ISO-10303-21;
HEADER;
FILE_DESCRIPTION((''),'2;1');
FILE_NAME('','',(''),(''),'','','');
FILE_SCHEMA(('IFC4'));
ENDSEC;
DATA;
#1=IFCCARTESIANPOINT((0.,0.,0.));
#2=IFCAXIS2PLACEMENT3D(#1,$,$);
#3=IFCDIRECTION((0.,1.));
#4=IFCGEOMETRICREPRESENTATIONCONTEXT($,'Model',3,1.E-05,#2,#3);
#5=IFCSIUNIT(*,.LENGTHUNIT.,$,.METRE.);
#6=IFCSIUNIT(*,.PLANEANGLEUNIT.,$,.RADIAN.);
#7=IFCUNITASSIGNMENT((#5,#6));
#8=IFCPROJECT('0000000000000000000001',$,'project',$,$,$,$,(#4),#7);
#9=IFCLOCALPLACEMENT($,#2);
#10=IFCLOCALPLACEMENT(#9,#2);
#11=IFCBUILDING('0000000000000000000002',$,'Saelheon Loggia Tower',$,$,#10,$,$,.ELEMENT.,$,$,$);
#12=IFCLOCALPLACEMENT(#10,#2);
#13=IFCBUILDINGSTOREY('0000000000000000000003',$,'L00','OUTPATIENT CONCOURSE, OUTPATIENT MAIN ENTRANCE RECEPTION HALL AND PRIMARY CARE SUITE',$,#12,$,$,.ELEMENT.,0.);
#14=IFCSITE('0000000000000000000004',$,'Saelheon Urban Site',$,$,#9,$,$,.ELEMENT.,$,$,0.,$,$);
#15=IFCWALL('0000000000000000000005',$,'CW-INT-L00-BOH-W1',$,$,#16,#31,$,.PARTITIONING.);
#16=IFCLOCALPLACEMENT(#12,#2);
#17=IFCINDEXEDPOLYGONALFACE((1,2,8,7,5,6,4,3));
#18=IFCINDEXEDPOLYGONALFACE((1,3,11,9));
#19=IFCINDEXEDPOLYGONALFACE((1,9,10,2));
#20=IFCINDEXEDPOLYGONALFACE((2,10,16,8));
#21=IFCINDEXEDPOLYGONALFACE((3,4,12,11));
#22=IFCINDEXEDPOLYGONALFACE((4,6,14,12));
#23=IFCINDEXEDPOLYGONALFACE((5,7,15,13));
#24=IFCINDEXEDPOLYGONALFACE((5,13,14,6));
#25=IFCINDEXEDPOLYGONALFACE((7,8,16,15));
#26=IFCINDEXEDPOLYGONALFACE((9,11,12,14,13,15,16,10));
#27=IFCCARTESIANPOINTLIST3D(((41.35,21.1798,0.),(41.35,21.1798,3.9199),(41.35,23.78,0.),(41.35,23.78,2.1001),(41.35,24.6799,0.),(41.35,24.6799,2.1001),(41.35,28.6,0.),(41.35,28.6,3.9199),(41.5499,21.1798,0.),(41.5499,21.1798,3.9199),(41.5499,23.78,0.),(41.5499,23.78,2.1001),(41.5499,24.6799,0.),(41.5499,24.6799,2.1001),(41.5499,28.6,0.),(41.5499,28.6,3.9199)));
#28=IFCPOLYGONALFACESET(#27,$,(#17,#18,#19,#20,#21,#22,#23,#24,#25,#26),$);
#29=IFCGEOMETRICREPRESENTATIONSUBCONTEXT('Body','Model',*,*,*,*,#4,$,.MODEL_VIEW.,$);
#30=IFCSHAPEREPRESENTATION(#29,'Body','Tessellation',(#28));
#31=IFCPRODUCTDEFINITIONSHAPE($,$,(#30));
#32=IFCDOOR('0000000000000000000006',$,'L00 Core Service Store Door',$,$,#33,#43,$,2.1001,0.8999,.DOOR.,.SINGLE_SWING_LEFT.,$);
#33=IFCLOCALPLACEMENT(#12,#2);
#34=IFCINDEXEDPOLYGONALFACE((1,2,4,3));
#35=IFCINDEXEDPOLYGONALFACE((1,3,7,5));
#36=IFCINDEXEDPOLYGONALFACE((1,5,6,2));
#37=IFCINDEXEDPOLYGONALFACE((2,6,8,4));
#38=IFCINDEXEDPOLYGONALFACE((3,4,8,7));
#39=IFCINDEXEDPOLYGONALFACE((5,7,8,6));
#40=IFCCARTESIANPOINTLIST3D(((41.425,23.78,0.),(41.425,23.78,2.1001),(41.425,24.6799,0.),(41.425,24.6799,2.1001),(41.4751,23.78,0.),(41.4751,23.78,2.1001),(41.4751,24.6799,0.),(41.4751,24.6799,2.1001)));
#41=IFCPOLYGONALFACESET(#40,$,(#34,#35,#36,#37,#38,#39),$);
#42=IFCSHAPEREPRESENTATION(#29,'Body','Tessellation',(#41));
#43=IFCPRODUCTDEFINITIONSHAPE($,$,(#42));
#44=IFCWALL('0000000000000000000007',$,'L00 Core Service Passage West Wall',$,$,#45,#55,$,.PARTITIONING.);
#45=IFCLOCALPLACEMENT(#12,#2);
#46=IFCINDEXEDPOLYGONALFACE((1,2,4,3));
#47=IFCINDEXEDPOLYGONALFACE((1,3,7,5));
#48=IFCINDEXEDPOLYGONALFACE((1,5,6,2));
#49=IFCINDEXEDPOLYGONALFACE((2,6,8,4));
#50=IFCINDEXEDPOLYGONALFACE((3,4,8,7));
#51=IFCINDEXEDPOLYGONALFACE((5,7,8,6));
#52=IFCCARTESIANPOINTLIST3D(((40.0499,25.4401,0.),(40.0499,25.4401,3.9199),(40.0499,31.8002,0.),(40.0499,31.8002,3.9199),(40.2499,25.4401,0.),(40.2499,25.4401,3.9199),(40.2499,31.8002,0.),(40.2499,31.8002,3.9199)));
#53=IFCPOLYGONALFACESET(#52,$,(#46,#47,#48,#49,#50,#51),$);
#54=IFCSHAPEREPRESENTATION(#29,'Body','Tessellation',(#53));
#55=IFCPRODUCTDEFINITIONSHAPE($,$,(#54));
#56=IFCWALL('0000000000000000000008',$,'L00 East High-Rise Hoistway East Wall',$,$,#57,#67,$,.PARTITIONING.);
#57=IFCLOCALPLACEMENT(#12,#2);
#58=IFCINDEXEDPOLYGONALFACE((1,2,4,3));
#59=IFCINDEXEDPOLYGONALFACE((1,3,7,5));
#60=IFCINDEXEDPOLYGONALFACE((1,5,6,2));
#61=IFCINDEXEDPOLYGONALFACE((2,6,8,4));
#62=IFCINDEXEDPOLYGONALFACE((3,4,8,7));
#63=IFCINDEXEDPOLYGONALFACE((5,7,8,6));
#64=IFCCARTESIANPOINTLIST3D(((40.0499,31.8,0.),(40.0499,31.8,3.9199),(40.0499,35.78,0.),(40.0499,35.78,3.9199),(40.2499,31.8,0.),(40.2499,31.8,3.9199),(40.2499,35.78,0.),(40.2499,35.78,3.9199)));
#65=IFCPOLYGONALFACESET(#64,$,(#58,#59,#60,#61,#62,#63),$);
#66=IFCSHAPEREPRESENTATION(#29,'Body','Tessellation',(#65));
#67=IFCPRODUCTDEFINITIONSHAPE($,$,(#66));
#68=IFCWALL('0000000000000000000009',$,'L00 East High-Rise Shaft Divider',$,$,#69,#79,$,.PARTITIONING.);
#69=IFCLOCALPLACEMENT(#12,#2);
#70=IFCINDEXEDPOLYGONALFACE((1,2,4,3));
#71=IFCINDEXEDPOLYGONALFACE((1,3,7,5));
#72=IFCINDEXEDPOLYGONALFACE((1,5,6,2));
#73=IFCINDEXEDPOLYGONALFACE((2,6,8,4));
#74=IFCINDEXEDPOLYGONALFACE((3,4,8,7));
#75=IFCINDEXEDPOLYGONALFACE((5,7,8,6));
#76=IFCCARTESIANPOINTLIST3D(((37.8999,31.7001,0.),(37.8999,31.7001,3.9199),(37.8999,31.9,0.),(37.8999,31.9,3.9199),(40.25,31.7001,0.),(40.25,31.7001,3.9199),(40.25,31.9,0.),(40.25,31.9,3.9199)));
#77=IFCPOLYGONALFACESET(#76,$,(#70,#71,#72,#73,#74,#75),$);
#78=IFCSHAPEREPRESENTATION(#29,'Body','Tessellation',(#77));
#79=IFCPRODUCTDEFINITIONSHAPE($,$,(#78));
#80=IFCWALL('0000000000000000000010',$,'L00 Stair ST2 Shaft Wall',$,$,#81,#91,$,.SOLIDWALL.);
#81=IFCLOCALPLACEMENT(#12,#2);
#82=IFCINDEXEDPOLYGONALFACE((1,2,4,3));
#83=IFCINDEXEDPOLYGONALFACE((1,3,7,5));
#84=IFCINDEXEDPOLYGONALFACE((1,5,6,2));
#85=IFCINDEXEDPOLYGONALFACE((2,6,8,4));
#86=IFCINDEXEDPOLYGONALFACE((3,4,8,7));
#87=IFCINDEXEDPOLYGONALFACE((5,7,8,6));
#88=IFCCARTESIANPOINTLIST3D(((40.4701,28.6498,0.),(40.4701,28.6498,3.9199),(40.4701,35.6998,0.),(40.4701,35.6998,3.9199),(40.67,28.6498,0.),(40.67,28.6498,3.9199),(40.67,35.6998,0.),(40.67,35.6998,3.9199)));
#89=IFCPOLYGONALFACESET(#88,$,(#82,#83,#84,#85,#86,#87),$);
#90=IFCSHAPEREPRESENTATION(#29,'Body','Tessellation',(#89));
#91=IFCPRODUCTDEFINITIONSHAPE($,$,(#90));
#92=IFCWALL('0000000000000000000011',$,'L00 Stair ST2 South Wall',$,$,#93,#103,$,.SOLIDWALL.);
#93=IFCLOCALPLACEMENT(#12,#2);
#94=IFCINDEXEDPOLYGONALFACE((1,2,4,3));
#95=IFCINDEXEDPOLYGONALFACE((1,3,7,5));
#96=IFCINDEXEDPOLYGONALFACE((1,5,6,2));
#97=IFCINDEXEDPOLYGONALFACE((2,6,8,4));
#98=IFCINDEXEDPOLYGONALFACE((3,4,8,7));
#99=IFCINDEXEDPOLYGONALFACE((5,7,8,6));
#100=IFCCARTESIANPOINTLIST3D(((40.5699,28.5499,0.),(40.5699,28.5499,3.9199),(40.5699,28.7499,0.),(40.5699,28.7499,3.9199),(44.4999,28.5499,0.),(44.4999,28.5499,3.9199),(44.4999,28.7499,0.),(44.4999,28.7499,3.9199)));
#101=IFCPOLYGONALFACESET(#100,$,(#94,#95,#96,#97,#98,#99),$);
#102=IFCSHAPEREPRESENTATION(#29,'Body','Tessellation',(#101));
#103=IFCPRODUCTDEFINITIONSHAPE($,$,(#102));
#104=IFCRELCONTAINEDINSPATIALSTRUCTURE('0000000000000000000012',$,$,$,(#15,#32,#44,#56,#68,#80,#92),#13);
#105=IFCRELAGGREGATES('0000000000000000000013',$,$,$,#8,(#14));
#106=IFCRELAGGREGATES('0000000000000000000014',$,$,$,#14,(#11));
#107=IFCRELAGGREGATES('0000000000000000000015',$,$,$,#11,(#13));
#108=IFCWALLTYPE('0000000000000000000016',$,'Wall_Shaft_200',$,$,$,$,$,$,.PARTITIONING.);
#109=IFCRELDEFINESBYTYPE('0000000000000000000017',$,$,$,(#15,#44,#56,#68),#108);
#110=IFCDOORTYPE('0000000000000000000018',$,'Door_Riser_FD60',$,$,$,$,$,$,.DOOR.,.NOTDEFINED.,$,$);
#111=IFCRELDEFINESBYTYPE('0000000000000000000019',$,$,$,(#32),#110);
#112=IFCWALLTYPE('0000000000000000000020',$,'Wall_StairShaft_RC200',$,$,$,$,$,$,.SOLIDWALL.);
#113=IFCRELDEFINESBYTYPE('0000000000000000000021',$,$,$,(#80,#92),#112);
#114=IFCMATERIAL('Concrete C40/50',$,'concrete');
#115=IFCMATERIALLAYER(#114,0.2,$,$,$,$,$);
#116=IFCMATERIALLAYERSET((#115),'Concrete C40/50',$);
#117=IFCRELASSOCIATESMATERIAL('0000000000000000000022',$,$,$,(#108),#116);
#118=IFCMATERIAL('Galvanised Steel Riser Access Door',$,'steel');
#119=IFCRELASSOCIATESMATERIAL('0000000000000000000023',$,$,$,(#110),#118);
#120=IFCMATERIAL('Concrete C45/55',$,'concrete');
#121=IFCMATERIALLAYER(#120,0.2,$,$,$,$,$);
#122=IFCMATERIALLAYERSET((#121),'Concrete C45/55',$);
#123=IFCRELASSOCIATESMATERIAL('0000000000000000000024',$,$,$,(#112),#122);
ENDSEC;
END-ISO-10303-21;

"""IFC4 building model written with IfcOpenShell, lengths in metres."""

from ifc_helpers import new_model, si_unit, direction, frame, frame_2d, origin, place, context, subcontext, project, spatial, rectangle, extrude, source, transform, mapped, material, layer, layer_set, type_object, element, fill, save


model = new_model("IFC4")

# Units and contexts
model_context = context("Model", 3, precision=1e-05, world=origin(), true_north=direction((0.0, 1.0)))
body_context = subcontext(model_context, "Body", "Model", "MODEL_VIEW")
ifc_project = project(units=[si_unit("LENGTHUNIT", "METRE"), si_unit("PLANEANGLEUNIT", "RADIAN")], contexts=[model_context])

# Site, building, storey
site_placement = place(None, origin())
site = spatial("IfcSite", under=ifc_project, at=site_placement, Name="Saelheon Urban Site", CompositionType="ELEMENT", RefElevation=0.0)
building_placement = place(site_placement, origin())
building = spatial("IfcBuilding", under=site, at=building_placement, Name="Saelheon Loggia Tower", CompositionType="ELEMENT")
storey_placement = place(building_placement, origin())
storey = spatial("IfcBuildingStorey", under=building, at=storey_placement, Name="L00", Description="OUTPATIENT CONCOURSE, OUTPATIENT MAIN ENTRANCE RECEPTION HALL AND PRIMARY CARE SUITE", CompositionType="ELEMENT", Elevation=0.0)

# Wall, opening, door
ifc_material_1 = material(Name="Concrete C40/50", Category="concrete")
ifc_layer_1 = layer(ifc_material_1, 0.2)
ifc_layer_set_1 = layer_set([ifc_layer_1], Name="Concrete C40/50")
wall_type_1 = type_object("IfcWallType", Name="Wall_Shaft_200", PredefinedType="PARTITIONING", material=ifc_layer_set_1)
wall_1_placement = place(storey_placement, frame((41.45, 21.1799, 0.0), z_axis=(0.0, 0.0, 1.0), x_axis=(0.0, 1.0, 0.0)))
wall_1 = element("IfcWall", 1, at=wall_1_placement, inside=storey, type_object=wall_type_1, Name="CW-INT-L00-BOH-W1", PredefinedType="PARTITIONING", context=body_context, shape_type="SweptSolid", body=[
    extrude(rectangle(XDim=7.4202, YDim=0.2, at=frame_2d((3.71, 0.0))), origin(), (0.0, 0.0, 1.0), 3.9199),
])
opening_1_placement = place(wall_1_placement, frame((2.6001, 0.0, 0.0)))
opening_1 = element("IfcOpeningElement", 2, at=opening_1_placement, cuts=wall_1, PredefinedType="OPENING", context=body_context, shape_type="SweptSolid", body=[
    extrude(rectangle(XDim=0.8999, YDim=2.1001, at=frame_2d((0.45, 1.05))), frame((0.0, 0.1121, 0.0), z_axis=(0.0, -1.0, 0.0), x_axis=(1.0, 0.0, 0.0)), (0.0, 0.0, 1.0), 0.2239),
])
ifc_material_2 = material(Name="Galvanised Steel Riser Access Door", Category="steel")
door_type_1 = type_object("IfcDoorType", Name="Door_Riser_FD60", OperationType="NOTDEFINED", PredefinedType="DOOR", material=ifc_material_2)
shared_shape_1 = source(origin(), body_context, "Body", "SweptSolid", [
    extrude(rectangle(XDim=0.8999, YDim=2.1001, at=frame_2d((0.45, 1.05))), frame((0.0, 0.0249, 0.0), z_axis=(0.0, -1.0, 0.0), x_axis=(1.0, 0.0, 0.0)), (0.0, 0.0, 1.0), 0.05),
])
door_1_placement = place(opening_1_placement, origin())
door_1 = element("IfcDoor", 3, at=door_1_placement, inside=storey, type_object=door_type_1, Name="L00 Core Service Store Door", OperationType="SINGLE_SWING_LEFT", OverallHeight=2.1001, OverallWidth=0.8999, PredefinedType="DOOR", context=body_context, shape_type="MappedRepresentation", body=[
    mapped(shared_shape_1, transform((0.0, 0.0, 0.0), scale=1.0)),
])
fill(opening_1, door_1)

# Walls
wall_2_placement = place(storey_placement, frame((40.1499, 25.4399, 0.0), z_axis=(0.0, 0.0, 1.0), x_axis=(0.0, 1.0, 0.0)))
element("IfcWall", 4, at=wall_2_placement, inside=storey, type_object=wall_type_1, Name="L00 Core Service Passage West Wall", PredefinedType="PARTITIONING", context=body_context, shape_type="SweptSolid", body=[
    extrude(rectangle(XDim=6.3601, YDim=0.2, at=frame_2d((3.1802, 0.0))), origin(), (0.0, 0.0, 1.0), 3.9199),
])
wall_3_placement = place(storey_placement, frame((40.1499, 31.8, 0.0), z_axis=(0.0, 0.0, 1.0), x_axis=(0.0, 1.0, 0.0)))
element("IfcWall", 5, at=wall_3_placement, inside=storey, type_object=wall_type_1, Name="L00 East High-Rise Hoistway East Wall", PredefinedType="PARTITIONING", context=body_context, shape_type="SweptSolid", body=[
    extrude(rectangle(XDim=3.98, YDim=0.2, at=frame_2d((1.99, 0.0))), origin(), (0.0, 0.0, 1.0), 3.9199),
])

# Walls
wall_4_placement = place(storey_placement, frame((37.8999, 31.8, 0.0), z_axis=(0.0, 0.0, 1.0), x_axis=(1.0, 0.0, 0.0)))
element("IfcWall", 6, at=wall_4_placement, inside=storey, type_object=wall_type_1, Name="L00 East High-Rise Shaft Divider", PredefinedType="PARTITIONING", context=body_context, shape_type="SweptSolid", body=[
    extrude(rectangle(XDim=2.3501, YDim=0.2, at=frame_2d((1.175, 0.0))), origin(), (0.0, 0.0, 1.0), 3.9199),
])
ifc_material_3 = material(Name="Concrete C45/55", Category="concrete")
ifc_layer_2 = layer(ifc_material_3, 0.2)
ifc_layer_set_2 = layer_set([ifc_layer_2], Name="Concrete C45/55")
wall_type_2 = type_object("IfcWallType", Name="Wall_StairShaft_RC200", PredefinedType="SOLIDWALL", material=ifc_layer_set_2)
wall_5_placement = place(storey_placement, frame((40.5701, 28.6499, 0.0), z_axis=(0.0, 0.0, 1.0), x_axis=(0.0, 1.0, 0.0)))
element("IfcWall", 7, at=wall_5_placement, inside=storey, type_object=wall_type_2, Name="L00 Stair ST2 Shaft Wall", PredefinedType="SOLIDWALL", context=body_context, shape_type="SweptSolid", body=[
    extrude(rectangle(XDim=7.05, YDim=0.2, at=frame_2d((3.5249, 0.0))), origin(), (0.0, 0.0, 1.0), 3.9199),
])
wall_6_placement = place(storey_placement, frame((40.5701, 28.6499, 0.0), z_axis=(0.0, 0.0, 1.0), x_axis=(1.0, 0.0, 0.0)))
element("IfcWall", 8, at=wall_6_placement, inside=storey, type_object=wall_type_2, Name="L00 Stair ST2 South Wall", PredefinedType="SOLIDWALL", context=body_context, shape_type="SweptSolid", body=[
    extrude(rectangle(XDim=3.9299, YDim=0.2, at=frame_2d((1.9648, 0.0))), origin(), (0.0, 0.0, 1.0), 3.9199),
])

save(model, "model.ifc")
